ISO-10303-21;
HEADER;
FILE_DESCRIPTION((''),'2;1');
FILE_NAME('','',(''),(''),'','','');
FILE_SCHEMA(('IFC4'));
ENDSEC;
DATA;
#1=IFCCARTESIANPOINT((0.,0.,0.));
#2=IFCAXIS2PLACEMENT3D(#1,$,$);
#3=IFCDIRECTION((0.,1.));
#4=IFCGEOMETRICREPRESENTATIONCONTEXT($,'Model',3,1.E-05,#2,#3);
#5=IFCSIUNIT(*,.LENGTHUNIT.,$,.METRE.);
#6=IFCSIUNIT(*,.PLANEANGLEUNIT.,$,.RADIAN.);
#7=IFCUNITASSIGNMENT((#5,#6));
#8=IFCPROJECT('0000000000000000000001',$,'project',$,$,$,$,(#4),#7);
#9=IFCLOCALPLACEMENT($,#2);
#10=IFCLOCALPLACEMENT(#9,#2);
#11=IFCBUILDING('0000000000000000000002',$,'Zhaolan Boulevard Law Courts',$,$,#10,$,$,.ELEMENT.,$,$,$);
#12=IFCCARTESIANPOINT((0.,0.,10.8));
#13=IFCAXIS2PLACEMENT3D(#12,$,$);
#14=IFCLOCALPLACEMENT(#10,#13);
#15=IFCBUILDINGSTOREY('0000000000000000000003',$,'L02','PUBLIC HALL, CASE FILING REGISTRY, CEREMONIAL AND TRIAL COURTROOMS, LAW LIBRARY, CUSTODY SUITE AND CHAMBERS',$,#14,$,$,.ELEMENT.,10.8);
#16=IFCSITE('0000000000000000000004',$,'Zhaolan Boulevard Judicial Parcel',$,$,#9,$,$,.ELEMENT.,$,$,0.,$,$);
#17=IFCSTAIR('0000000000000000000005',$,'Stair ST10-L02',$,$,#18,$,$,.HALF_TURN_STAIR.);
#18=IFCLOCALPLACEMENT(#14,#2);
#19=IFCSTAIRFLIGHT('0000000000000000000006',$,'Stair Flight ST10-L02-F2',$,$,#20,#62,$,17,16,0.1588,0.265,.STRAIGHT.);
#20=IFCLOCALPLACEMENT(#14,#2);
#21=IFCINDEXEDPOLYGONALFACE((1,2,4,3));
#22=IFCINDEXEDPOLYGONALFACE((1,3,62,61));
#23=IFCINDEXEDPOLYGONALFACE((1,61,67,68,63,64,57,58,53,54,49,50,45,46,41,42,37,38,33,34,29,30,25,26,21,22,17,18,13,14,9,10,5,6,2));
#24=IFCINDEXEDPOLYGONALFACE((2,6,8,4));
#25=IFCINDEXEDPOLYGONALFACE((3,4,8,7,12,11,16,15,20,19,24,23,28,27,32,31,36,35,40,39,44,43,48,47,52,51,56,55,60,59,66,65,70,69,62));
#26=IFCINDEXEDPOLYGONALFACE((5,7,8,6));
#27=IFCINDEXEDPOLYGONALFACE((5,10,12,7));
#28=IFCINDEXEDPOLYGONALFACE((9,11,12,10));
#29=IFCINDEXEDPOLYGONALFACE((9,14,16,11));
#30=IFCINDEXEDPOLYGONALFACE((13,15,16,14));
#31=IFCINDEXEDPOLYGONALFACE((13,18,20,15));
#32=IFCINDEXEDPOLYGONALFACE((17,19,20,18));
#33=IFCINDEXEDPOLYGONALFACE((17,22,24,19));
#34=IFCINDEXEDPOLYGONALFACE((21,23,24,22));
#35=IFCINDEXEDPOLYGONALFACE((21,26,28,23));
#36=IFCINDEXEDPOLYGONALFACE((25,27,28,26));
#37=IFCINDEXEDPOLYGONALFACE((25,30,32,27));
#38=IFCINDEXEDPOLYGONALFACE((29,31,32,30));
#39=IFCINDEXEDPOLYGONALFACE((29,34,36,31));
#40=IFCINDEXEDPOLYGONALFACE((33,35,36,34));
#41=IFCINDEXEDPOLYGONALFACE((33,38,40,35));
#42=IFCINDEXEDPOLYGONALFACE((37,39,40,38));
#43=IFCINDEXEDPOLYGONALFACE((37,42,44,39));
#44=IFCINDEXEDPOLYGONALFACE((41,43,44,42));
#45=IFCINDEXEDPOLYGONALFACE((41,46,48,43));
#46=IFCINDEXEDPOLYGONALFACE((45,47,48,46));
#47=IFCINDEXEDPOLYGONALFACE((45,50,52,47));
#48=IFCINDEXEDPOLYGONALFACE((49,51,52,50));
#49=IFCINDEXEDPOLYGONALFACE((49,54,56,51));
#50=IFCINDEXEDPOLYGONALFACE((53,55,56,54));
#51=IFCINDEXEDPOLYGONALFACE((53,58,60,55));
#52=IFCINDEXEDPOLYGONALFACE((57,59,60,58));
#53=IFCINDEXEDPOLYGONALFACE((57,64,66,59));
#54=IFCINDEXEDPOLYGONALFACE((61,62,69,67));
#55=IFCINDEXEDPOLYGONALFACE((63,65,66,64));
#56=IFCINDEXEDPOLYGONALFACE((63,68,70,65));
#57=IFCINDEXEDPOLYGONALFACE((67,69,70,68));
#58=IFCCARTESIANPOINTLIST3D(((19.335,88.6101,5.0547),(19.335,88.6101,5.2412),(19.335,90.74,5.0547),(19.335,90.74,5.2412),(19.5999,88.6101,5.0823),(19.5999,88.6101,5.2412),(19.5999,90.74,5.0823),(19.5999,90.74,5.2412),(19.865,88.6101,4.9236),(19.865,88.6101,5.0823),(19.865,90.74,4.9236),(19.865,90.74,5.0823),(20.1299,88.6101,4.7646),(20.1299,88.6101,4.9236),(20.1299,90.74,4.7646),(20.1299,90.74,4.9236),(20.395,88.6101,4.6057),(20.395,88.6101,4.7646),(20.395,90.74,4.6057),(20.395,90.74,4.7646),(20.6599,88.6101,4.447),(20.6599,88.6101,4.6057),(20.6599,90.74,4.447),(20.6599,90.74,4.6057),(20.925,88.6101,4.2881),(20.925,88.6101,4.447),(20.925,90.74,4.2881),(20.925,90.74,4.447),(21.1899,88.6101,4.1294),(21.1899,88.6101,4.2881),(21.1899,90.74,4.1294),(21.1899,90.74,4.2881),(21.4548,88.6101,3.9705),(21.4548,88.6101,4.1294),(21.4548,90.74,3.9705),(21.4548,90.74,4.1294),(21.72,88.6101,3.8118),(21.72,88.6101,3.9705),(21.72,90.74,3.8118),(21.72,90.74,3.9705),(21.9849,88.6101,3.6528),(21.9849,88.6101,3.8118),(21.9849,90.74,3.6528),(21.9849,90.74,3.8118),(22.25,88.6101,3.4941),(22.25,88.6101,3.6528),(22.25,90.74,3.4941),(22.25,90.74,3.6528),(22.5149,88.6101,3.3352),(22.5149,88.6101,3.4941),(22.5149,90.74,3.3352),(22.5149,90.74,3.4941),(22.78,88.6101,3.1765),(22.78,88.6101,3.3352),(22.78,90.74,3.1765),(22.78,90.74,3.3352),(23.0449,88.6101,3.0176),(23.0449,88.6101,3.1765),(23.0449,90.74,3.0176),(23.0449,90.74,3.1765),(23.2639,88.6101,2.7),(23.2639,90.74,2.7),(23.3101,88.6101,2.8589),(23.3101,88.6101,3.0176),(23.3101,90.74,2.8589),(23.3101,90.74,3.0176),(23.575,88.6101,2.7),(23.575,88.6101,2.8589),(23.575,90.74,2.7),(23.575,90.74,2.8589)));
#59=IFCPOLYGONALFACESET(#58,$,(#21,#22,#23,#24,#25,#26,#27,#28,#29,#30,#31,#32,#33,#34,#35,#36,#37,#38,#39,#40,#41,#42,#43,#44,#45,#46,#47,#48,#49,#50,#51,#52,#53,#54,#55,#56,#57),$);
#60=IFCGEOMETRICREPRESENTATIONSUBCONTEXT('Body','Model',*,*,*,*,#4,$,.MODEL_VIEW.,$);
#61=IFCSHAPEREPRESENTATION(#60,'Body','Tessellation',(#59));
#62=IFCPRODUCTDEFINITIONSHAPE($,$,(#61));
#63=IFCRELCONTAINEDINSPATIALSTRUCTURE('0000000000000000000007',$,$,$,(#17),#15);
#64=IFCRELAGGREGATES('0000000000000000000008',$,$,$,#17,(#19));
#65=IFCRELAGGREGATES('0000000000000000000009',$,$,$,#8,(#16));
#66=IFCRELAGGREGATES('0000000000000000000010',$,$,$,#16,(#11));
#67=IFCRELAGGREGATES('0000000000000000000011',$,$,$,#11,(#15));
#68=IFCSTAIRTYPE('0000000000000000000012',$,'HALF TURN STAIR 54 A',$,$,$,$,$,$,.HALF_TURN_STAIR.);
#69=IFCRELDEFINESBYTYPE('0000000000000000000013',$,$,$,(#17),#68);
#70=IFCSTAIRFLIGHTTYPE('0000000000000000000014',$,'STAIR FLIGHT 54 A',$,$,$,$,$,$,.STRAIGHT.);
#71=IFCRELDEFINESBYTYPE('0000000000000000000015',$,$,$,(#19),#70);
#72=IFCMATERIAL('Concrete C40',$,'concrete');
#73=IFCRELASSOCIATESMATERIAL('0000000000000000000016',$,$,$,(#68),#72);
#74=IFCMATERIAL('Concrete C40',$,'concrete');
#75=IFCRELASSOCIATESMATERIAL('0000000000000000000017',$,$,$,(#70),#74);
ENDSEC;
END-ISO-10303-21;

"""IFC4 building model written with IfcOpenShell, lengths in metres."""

from ifc_helpers import new_model, si_unit, direction, frame, origin, place, context, subcontext, project, spatial, polyline, outline, extrude, material, type_object, element, aggregate, save


model = new_model("IFC4")

# Units and contexts
model_context = context("Model", 3, precision=1e-05, world=origin(), true_north=direction((0.0, 1.0)))
body_context = subcontext(model_context, "Body", "Model", "MODEL_VIEW")
ifc_project = project(units=[si_unit("LENGTHUNIT", "METRE"), si_unit("PLANEANGLEUNIT", "RADIAN")], contexts=[model_context])

# Site, building, storey
site_placement = place(None, origin())
site = spatial("IfcSite", under=ifc_project, at=site_placement, Name="Zhaolan Boulevard Judicial Parcel", CompositionType="ELEMENT", RefElevation=0.0)
building_placement = place(site_placement, origin())
building = spatial("IfcBuilding", under=site, at=building_placement, Name="Zhaolan Boulevard Law Courts", CompositionType="ELEMENT")
storey_placement = place(building_placement, frame((0.0, 0.0, 10.8)))
storey = spatial("IfcBuildingStorey", under=building, at=storey_placement, Name="L02", Description="PUBLIC HALL, CASE FILING REGISTRY, CEREMONIAL AND TRIAL COURTROOMS, LAW LIBRARY, CUSTODY SUITE AND CHAMBERS", CompositionType="ELEMENT", Elevation=10.8)

# Stair, stair flight
ifc_material_1 = material(Name="Concrete C40", Category="concrete")
stair_type = type_object("IfcStairType", Name="HALF TURN STAIR 54 A", PredefinedType="HALF_TURN_STAIR", material=ifc_material_1)
stair_placement = place(storey_placement, origin())
stair = element("IfcStair", 1, at=stair_placement, inside=storey, type_object=stair_type, Name="Stair ST10-L02", PredefinedType="HALF_TURN_STAIR")
ifc_material_2 = material(Name="Concrete C40", Category="concrete")
stair_flight_type = type_object("IfcStairFlightType", Name="STAIR FLIGHT 54 A", PredefinedType="STRAIGHT", material=ifc_material_2)
stair_flight_placement = place(storey_placement, frame((23.575, 89.675, 2.7), z_axis=(0.0, 0.0, 1.0), x_axis=(-1.0, 0.0, 0.0)))
stair_flight = element("IfcStairFlight", 2, at=stair_flight_placement, type_object=stair_flight_type, Name="Stair Flight ST10-L02-F2", NumberOfRisers=17, NumberOfTreads=16, PredefinedType="STRAIGHT", RiserHeight=0.1588, TreadLength=0.265, context=body_context, shape_type="SweptSolid", body=[
    extrude(outline(polyline([(0.0, 0.0), (0.0, 0.1589), (0.2649, 0.1589), (0.2649, 0.3176), (0.53, 0.3176), (0.53, 0.4766), (0.7949, 0.4766), (0.7949, 0.6353), (1.0601, 0.6353), (1.0601, 0.7942), (1.325, 0.7942), (1.325, 0.9529), (1.5901, 0.9529), (1.5901, 1.1118), (1.855, 1.1118), (1.855, 1.2705), (2.1201, 1.2705), (2.1201, 1.4294), (2.385, 1.4294), (2.385, 1.5881), (2.6499, 1.5881), (2.6499, 1.7471), (2.915, 1.7471), (2.915, 1.9058), (3.1799, 1.9058), (3.1799, 2.0647), (3.4451, 2.0647), (3.4451, 2.2236), (3.71, 2.2236), (3.71, 2.3823), (3.9751, 2.3823), (3.9751, 2.5413), (4.24, 2.5413), (4.24, 2.7), (4.24, 2.3547), (0.311, 0.0), (0.0, 0.0)])), frame((0.0, 1.0649, 0.0), z_axis=(0.0, -1.0, 0.0), x_axis=(1.0, 0.0, 0.0)), (0.0, 0.0, 1.0), 2.1299),
])
aggregate(stair, [stair_flight])

save(model, "model.ifc")
